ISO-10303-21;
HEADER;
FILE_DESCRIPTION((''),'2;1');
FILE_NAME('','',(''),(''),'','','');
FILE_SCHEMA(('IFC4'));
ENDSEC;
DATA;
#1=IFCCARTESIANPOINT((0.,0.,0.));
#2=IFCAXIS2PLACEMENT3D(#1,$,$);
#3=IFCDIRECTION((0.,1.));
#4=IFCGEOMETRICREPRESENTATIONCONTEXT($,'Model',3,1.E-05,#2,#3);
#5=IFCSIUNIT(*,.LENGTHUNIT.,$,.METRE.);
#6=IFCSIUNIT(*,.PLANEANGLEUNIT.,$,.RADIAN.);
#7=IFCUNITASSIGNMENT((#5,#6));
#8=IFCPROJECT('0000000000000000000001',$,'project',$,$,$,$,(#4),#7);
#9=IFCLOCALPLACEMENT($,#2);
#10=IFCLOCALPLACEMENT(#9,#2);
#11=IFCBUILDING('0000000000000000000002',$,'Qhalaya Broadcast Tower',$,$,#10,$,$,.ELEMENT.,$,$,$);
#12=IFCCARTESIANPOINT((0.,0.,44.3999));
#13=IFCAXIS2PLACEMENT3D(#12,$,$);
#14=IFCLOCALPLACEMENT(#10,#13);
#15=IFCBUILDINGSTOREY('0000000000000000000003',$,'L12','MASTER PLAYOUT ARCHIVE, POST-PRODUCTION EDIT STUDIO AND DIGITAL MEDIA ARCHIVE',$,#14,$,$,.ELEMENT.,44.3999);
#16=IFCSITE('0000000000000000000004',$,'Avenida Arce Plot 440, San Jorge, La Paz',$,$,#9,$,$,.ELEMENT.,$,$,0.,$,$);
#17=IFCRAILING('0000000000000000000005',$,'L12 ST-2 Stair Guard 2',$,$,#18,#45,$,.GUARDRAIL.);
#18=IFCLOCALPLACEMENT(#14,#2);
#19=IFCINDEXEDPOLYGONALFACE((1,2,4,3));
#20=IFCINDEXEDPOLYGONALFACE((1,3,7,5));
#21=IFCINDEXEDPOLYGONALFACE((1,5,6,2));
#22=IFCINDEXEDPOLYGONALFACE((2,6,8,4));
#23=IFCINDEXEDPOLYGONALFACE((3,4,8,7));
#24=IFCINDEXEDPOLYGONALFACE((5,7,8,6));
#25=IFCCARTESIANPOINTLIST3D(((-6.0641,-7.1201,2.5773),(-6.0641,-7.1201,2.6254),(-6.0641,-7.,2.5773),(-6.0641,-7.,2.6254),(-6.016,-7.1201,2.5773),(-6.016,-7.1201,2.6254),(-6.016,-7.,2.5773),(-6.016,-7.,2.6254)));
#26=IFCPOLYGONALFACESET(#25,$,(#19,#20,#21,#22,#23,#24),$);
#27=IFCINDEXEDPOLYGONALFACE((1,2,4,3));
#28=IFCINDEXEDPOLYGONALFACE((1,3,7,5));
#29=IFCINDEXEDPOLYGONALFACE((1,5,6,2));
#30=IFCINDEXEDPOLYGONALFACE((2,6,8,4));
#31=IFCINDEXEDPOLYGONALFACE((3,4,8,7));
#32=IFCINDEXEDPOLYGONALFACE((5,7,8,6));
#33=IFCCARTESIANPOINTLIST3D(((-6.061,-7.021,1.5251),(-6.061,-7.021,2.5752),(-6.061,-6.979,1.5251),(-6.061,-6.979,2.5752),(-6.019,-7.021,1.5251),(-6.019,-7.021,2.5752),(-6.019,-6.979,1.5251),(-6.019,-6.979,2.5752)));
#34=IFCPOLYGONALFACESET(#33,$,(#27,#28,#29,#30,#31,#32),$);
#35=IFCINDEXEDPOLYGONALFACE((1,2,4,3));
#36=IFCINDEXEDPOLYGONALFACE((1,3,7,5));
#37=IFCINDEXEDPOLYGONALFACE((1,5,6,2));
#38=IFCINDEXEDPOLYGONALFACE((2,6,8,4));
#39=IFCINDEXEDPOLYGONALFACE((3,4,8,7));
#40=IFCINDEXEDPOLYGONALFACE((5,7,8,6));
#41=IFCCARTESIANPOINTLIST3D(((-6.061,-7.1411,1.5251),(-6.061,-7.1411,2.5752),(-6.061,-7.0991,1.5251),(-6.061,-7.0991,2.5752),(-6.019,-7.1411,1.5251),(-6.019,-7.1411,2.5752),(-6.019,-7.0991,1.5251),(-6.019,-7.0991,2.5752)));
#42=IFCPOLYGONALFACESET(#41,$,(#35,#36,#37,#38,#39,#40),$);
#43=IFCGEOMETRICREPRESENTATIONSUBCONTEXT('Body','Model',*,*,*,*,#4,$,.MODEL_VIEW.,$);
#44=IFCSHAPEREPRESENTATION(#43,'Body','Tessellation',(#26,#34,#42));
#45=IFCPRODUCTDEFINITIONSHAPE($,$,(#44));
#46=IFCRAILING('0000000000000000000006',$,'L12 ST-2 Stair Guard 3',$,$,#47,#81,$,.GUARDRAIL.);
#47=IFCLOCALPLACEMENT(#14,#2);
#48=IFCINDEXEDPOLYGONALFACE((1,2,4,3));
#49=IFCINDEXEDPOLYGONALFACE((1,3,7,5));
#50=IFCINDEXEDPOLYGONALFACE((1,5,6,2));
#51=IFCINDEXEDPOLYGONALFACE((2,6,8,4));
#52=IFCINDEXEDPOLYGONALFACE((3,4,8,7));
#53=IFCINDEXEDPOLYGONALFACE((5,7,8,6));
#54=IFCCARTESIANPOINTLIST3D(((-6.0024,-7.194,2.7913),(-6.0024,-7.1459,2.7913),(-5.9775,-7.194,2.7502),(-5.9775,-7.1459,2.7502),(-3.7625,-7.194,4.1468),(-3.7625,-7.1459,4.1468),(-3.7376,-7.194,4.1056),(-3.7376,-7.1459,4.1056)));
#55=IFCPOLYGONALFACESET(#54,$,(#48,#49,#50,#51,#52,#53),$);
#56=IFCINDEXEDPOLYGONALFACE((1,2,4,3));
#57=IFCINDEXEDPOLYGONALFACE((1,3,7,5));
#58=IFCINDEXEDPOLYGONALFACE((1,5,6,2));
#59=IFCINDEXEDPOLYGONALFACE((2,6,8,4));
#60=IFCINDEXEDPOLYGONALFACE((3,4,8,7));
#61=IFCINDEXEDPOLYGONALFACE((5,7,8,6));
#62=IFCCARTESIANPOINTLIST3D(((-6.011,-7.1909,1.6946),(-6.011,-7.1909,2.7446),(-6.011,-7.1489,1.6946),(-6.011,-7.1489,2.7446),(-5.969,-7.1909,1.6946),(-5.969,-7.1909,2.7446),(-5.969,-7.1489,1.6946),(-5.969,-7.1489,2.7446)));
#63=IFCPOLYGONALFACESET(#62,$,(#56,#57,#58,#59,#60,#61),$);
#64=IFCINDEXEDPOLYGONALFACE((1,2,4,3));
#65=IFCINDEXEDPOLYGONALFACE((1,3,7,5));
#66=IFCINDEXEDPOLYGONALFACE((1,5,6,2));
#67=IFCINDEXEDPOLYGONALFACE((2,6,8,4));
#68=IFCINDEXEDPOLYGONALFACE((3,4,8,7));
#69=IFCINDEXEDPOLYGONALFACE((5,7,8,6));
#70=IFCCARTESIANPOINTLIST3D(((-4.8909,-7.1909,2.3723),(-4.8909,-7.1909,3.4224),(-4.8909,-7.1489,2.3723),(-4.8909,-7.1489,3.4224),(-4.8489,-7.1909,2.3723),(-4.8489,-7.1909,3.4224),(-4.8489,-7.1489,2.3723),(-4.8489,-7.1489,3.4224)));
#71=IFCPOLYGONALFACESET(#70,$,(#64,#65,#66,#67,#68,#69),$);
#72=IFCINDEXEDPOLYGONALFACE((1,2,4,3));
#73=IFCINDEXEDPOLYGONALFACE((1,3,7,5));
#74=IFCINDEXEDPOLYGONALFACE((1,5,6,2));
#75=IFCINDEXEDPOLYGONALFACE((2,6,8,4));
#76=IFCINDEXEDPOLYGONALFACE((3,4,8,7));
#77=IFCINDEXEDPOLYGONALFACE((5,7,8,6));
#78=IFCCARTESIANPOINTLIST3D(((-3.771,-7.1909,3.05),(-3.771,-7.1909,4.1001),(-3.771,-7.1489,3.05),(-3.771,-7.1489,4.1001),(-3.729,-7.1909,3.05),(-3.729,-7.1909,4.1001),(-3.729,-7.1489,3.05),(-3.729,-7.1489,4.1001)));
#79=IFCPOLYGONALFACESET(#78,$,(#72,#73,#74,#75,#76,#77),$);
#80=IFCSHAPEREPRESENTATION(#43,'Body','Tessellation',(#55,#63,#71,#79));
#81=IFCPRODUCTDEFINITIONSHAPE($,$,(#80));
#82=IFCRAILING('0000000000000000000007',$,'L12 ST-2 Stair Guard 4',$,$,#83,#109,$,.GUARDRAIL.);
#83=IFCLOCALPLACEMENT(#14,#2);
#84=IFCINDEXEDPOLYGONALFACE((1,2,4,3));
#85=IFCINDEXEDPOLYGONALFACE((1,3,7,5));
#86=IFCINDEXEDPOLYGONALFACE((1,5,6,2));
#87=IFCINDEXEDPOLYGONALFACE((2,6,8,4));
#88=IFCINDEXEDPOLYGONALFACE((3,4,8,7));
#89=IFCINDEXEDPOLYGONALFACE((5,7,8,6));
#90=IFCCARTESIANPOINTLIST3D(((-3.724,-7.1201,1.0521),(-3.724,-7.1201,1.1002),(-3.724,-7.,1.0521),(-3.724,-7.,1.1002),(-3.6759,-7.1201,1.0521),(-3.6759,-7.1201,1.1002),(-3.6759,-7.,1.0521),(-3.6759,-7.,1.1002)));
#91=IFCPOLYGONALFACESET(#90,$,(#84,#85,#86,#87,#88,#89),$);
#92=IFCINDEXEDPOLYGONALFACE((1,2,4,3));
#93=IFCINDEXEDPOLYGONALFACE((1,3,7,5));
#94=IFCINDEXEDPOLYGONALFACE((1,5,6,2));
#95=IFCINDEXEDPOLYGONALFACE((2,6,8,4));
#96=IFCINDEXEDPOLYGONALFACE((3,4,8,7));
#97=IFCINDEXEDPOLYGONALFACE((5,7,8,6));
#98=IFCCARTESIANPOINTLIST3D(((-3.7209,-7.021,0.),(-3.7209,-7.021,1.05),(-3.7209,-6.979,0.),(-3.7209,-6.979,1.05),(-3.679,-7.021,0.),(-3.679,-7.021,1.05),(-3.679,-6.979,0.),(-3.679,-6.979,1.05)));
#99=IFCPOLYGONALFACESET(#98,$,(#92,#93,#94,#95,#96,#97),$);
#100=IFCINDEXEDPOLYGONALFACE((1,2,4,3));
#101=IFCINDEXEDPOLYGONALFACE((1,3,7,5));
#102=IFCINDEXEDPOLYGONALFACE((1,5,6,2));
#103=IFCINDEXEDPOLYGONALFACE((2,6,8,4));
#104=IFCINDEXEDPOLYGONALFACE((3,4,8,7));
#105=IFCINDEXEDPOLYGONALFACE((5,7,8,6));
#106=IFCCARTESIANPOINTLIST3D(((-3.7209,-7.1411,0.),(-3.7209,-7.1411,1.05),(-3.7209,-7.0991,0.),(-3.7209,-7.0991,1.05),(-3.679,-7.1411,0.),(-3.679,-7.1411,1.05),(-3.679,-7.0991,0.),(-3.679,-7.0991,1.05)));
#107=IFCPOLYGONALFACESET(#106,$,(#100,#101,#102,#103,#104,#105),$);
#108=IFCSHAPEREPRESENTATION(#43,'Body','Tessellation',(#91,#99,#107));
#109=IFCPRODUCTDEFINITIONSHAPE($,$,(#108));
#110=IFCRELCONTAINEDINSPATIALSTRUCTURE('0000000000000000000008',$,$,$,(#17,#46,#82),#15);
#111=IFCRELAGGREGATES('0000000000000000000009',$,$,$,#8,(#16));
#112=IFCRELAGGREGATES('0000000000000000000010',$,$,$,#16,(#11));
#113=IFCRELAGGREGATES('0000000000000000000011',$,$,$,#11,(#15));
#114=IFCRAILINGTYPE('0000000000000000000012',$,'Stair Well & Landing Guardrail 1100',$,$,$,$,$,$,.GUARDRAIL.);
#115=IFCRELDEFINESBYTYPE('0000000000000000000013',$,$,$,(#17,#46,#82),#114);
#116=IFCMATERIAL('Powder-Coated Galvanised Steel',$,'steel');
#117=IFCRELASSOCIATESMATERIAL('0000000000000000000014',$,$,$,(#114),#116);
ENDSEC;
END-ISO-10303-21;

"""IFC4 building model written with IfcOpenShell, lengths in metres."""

from ifc_helpers import new_model, si_unit, direction, frame, origin, origin_2d, place, context, subcontext, project, spatial, rectangle, extrude, material, type_object, element, save


model = new_model("IFC4")

# Units and contexts
model_context = context("Model", 3, precision=1e-05, world=origin(), true_north=direction((0.0, 1.0)))
body_context = subcontext(model_context, "Body", "Model", "MODEL_VIEW")
ifc_project = project(units=[si_unit("LENGTHUNIT", "METRE"), si_unit("PLANEANGLEUNIT", "RADIAN")], contexts=[model_context])

# Site, building, storey
site_placement = place(None, origin())
site = spatial("IfcSite", under=ifc_project, at=site_placement, Name="Avenida Arce Plot 440, San Jorge, La Paz", CompositionType="ELEMENT", RefElevation=0.0)
building_placement = place(site_placement, origin())
building = spatial("IfcBuilding", under=site, at=building_placement, Name="Qhalaya Broadcast Tower", CompositionType="ELEMENT")
storey_placement = place(building_placement, frame((0.0, 0.0, 44.3999)))
storey = spatial("IfcBuildingStorey", under=building, at=storey_placement, Name="L12", Description="MASTER PLAYOUT ARCHIVE, POST-PRODUCTION EDIT STUDIO AND DIGITAL MEDIA ARCHIVE", CompositionType="ELEMENT", Elevation=44.3999)

# Railings
ifc_material_1 = material(Name="Powder-Coated Galvanised Steel", Category="steel")
railing_type_1 = type_object("IfcRailingType", Name="Stair Well & Landing Guardrail 1100", PredefinedType="GUARDRAIL", material=ifc_material_1)
railing_1_placement = place(storey_placement, frame((-6.04, -7.0, 1.5251)))
element("IfcRailing", 1, at=railing_1_placement, inside=storey, type_object=railing_type_1, Name="L12 ST-2 Stair Guard 2", PredefinedType="GUARDRAIL", context=body_context, shape_type="SweptSolid", body=[
    extrude(rectangle(XDim=0.0481, YDim=0.0481, at=origin_2d()), frame((0.0, 0.0, 1.0762), z_axis=(0.0, -1.0, 0.0), x_axis=(1.0, 0.0, 0.0)), (0.0, 0.0, 1.0), 0.1201),
    extrude(rectangle(XDim=0.042, YDim=0.042, at=origin_2d()), origin(), (0.0, 0.0, 1.0), 1.05),
    extrude(rectangle(XDim=0.042, YDim=0.042, at=origin_2d()), frame((0.0, -0.1201, 0.0)), (0.0, 0.0, 1.0), 1.05),
])
railing_2_placement = place(storey_placement, frame((-5.99, -7.1699, 1.6946)))
element("IfcRailing", 2, at=railing_2_placement, inside=storey, type_object=railing_type_1, Name="L12 ST-2 Stair Guard 3", PredefinedType="GUARDRAIL", context=body_context, shape_type="SweptSolid", body=[
    extrude(rectangle(XDim=0.0481, YDim=0.0481, at=origin_2d()), frame((0.0, 0.0, 1.0762), z_axis=(0.855553, 0.0, 0.517715), x_axis=(0.0, 1.0, 0.0)), (0.0, 0.0, 1.0), 2.6182),
    extrude(rectangle(XDim=0.042, YDim=0.042, at=origin_2d()), origin(), (0.0, 0.0, 1.0), 1.05),
    extrude(rectangle(XDim=0.042, YDim=0.042, at=origin_2d()), frame((1.1201, 0.0, 0.6777)), (0.0, 0.0, 1.0), 1.05),
    extrude(rectangle(XDim=0.042, YDim=0.042, at=origin_2d()), frame((2.24, 0.0, 1.3555)), (0.0, 0.0, 1.0), 1.05),
])
railing_3_placement = place(storey_placement, frame((-3.7, -7.0, 0.0)))
element("IfcRailing", 3, at=railing_3_placement, inside=storey, type_object=railing_type_1, Name="L12 ST-2 Stair Guard 4", PredefinedType="GUARDRAIL", context=body_context, shape_type="SweptSolid", body=[
    extrude(rectangle(XDim=0.0481, YDim=0.0481, at=origin_2d()), frame((0.0, 0.0, 1.0762), z_axis=(0.0, -1.0, 0.0), x_axis=(1.0, 0.0, 0.0)), (0.0, 0.0, 1.0), 0.1201),
    extrude(rectangle(XDim=0.042, YDim=0.042, at=origin_2d()), origin(), (0.0, 0.0, 1.0), 1.05),
    extrude(rectangle(XDim=0.042, YDim=0.042, at=origin_2d()), frame((0.0, -0.1201, 0.0)), (0.0, 0.0, 1.0), 1.05),
])

save(model, "model.ifc")
